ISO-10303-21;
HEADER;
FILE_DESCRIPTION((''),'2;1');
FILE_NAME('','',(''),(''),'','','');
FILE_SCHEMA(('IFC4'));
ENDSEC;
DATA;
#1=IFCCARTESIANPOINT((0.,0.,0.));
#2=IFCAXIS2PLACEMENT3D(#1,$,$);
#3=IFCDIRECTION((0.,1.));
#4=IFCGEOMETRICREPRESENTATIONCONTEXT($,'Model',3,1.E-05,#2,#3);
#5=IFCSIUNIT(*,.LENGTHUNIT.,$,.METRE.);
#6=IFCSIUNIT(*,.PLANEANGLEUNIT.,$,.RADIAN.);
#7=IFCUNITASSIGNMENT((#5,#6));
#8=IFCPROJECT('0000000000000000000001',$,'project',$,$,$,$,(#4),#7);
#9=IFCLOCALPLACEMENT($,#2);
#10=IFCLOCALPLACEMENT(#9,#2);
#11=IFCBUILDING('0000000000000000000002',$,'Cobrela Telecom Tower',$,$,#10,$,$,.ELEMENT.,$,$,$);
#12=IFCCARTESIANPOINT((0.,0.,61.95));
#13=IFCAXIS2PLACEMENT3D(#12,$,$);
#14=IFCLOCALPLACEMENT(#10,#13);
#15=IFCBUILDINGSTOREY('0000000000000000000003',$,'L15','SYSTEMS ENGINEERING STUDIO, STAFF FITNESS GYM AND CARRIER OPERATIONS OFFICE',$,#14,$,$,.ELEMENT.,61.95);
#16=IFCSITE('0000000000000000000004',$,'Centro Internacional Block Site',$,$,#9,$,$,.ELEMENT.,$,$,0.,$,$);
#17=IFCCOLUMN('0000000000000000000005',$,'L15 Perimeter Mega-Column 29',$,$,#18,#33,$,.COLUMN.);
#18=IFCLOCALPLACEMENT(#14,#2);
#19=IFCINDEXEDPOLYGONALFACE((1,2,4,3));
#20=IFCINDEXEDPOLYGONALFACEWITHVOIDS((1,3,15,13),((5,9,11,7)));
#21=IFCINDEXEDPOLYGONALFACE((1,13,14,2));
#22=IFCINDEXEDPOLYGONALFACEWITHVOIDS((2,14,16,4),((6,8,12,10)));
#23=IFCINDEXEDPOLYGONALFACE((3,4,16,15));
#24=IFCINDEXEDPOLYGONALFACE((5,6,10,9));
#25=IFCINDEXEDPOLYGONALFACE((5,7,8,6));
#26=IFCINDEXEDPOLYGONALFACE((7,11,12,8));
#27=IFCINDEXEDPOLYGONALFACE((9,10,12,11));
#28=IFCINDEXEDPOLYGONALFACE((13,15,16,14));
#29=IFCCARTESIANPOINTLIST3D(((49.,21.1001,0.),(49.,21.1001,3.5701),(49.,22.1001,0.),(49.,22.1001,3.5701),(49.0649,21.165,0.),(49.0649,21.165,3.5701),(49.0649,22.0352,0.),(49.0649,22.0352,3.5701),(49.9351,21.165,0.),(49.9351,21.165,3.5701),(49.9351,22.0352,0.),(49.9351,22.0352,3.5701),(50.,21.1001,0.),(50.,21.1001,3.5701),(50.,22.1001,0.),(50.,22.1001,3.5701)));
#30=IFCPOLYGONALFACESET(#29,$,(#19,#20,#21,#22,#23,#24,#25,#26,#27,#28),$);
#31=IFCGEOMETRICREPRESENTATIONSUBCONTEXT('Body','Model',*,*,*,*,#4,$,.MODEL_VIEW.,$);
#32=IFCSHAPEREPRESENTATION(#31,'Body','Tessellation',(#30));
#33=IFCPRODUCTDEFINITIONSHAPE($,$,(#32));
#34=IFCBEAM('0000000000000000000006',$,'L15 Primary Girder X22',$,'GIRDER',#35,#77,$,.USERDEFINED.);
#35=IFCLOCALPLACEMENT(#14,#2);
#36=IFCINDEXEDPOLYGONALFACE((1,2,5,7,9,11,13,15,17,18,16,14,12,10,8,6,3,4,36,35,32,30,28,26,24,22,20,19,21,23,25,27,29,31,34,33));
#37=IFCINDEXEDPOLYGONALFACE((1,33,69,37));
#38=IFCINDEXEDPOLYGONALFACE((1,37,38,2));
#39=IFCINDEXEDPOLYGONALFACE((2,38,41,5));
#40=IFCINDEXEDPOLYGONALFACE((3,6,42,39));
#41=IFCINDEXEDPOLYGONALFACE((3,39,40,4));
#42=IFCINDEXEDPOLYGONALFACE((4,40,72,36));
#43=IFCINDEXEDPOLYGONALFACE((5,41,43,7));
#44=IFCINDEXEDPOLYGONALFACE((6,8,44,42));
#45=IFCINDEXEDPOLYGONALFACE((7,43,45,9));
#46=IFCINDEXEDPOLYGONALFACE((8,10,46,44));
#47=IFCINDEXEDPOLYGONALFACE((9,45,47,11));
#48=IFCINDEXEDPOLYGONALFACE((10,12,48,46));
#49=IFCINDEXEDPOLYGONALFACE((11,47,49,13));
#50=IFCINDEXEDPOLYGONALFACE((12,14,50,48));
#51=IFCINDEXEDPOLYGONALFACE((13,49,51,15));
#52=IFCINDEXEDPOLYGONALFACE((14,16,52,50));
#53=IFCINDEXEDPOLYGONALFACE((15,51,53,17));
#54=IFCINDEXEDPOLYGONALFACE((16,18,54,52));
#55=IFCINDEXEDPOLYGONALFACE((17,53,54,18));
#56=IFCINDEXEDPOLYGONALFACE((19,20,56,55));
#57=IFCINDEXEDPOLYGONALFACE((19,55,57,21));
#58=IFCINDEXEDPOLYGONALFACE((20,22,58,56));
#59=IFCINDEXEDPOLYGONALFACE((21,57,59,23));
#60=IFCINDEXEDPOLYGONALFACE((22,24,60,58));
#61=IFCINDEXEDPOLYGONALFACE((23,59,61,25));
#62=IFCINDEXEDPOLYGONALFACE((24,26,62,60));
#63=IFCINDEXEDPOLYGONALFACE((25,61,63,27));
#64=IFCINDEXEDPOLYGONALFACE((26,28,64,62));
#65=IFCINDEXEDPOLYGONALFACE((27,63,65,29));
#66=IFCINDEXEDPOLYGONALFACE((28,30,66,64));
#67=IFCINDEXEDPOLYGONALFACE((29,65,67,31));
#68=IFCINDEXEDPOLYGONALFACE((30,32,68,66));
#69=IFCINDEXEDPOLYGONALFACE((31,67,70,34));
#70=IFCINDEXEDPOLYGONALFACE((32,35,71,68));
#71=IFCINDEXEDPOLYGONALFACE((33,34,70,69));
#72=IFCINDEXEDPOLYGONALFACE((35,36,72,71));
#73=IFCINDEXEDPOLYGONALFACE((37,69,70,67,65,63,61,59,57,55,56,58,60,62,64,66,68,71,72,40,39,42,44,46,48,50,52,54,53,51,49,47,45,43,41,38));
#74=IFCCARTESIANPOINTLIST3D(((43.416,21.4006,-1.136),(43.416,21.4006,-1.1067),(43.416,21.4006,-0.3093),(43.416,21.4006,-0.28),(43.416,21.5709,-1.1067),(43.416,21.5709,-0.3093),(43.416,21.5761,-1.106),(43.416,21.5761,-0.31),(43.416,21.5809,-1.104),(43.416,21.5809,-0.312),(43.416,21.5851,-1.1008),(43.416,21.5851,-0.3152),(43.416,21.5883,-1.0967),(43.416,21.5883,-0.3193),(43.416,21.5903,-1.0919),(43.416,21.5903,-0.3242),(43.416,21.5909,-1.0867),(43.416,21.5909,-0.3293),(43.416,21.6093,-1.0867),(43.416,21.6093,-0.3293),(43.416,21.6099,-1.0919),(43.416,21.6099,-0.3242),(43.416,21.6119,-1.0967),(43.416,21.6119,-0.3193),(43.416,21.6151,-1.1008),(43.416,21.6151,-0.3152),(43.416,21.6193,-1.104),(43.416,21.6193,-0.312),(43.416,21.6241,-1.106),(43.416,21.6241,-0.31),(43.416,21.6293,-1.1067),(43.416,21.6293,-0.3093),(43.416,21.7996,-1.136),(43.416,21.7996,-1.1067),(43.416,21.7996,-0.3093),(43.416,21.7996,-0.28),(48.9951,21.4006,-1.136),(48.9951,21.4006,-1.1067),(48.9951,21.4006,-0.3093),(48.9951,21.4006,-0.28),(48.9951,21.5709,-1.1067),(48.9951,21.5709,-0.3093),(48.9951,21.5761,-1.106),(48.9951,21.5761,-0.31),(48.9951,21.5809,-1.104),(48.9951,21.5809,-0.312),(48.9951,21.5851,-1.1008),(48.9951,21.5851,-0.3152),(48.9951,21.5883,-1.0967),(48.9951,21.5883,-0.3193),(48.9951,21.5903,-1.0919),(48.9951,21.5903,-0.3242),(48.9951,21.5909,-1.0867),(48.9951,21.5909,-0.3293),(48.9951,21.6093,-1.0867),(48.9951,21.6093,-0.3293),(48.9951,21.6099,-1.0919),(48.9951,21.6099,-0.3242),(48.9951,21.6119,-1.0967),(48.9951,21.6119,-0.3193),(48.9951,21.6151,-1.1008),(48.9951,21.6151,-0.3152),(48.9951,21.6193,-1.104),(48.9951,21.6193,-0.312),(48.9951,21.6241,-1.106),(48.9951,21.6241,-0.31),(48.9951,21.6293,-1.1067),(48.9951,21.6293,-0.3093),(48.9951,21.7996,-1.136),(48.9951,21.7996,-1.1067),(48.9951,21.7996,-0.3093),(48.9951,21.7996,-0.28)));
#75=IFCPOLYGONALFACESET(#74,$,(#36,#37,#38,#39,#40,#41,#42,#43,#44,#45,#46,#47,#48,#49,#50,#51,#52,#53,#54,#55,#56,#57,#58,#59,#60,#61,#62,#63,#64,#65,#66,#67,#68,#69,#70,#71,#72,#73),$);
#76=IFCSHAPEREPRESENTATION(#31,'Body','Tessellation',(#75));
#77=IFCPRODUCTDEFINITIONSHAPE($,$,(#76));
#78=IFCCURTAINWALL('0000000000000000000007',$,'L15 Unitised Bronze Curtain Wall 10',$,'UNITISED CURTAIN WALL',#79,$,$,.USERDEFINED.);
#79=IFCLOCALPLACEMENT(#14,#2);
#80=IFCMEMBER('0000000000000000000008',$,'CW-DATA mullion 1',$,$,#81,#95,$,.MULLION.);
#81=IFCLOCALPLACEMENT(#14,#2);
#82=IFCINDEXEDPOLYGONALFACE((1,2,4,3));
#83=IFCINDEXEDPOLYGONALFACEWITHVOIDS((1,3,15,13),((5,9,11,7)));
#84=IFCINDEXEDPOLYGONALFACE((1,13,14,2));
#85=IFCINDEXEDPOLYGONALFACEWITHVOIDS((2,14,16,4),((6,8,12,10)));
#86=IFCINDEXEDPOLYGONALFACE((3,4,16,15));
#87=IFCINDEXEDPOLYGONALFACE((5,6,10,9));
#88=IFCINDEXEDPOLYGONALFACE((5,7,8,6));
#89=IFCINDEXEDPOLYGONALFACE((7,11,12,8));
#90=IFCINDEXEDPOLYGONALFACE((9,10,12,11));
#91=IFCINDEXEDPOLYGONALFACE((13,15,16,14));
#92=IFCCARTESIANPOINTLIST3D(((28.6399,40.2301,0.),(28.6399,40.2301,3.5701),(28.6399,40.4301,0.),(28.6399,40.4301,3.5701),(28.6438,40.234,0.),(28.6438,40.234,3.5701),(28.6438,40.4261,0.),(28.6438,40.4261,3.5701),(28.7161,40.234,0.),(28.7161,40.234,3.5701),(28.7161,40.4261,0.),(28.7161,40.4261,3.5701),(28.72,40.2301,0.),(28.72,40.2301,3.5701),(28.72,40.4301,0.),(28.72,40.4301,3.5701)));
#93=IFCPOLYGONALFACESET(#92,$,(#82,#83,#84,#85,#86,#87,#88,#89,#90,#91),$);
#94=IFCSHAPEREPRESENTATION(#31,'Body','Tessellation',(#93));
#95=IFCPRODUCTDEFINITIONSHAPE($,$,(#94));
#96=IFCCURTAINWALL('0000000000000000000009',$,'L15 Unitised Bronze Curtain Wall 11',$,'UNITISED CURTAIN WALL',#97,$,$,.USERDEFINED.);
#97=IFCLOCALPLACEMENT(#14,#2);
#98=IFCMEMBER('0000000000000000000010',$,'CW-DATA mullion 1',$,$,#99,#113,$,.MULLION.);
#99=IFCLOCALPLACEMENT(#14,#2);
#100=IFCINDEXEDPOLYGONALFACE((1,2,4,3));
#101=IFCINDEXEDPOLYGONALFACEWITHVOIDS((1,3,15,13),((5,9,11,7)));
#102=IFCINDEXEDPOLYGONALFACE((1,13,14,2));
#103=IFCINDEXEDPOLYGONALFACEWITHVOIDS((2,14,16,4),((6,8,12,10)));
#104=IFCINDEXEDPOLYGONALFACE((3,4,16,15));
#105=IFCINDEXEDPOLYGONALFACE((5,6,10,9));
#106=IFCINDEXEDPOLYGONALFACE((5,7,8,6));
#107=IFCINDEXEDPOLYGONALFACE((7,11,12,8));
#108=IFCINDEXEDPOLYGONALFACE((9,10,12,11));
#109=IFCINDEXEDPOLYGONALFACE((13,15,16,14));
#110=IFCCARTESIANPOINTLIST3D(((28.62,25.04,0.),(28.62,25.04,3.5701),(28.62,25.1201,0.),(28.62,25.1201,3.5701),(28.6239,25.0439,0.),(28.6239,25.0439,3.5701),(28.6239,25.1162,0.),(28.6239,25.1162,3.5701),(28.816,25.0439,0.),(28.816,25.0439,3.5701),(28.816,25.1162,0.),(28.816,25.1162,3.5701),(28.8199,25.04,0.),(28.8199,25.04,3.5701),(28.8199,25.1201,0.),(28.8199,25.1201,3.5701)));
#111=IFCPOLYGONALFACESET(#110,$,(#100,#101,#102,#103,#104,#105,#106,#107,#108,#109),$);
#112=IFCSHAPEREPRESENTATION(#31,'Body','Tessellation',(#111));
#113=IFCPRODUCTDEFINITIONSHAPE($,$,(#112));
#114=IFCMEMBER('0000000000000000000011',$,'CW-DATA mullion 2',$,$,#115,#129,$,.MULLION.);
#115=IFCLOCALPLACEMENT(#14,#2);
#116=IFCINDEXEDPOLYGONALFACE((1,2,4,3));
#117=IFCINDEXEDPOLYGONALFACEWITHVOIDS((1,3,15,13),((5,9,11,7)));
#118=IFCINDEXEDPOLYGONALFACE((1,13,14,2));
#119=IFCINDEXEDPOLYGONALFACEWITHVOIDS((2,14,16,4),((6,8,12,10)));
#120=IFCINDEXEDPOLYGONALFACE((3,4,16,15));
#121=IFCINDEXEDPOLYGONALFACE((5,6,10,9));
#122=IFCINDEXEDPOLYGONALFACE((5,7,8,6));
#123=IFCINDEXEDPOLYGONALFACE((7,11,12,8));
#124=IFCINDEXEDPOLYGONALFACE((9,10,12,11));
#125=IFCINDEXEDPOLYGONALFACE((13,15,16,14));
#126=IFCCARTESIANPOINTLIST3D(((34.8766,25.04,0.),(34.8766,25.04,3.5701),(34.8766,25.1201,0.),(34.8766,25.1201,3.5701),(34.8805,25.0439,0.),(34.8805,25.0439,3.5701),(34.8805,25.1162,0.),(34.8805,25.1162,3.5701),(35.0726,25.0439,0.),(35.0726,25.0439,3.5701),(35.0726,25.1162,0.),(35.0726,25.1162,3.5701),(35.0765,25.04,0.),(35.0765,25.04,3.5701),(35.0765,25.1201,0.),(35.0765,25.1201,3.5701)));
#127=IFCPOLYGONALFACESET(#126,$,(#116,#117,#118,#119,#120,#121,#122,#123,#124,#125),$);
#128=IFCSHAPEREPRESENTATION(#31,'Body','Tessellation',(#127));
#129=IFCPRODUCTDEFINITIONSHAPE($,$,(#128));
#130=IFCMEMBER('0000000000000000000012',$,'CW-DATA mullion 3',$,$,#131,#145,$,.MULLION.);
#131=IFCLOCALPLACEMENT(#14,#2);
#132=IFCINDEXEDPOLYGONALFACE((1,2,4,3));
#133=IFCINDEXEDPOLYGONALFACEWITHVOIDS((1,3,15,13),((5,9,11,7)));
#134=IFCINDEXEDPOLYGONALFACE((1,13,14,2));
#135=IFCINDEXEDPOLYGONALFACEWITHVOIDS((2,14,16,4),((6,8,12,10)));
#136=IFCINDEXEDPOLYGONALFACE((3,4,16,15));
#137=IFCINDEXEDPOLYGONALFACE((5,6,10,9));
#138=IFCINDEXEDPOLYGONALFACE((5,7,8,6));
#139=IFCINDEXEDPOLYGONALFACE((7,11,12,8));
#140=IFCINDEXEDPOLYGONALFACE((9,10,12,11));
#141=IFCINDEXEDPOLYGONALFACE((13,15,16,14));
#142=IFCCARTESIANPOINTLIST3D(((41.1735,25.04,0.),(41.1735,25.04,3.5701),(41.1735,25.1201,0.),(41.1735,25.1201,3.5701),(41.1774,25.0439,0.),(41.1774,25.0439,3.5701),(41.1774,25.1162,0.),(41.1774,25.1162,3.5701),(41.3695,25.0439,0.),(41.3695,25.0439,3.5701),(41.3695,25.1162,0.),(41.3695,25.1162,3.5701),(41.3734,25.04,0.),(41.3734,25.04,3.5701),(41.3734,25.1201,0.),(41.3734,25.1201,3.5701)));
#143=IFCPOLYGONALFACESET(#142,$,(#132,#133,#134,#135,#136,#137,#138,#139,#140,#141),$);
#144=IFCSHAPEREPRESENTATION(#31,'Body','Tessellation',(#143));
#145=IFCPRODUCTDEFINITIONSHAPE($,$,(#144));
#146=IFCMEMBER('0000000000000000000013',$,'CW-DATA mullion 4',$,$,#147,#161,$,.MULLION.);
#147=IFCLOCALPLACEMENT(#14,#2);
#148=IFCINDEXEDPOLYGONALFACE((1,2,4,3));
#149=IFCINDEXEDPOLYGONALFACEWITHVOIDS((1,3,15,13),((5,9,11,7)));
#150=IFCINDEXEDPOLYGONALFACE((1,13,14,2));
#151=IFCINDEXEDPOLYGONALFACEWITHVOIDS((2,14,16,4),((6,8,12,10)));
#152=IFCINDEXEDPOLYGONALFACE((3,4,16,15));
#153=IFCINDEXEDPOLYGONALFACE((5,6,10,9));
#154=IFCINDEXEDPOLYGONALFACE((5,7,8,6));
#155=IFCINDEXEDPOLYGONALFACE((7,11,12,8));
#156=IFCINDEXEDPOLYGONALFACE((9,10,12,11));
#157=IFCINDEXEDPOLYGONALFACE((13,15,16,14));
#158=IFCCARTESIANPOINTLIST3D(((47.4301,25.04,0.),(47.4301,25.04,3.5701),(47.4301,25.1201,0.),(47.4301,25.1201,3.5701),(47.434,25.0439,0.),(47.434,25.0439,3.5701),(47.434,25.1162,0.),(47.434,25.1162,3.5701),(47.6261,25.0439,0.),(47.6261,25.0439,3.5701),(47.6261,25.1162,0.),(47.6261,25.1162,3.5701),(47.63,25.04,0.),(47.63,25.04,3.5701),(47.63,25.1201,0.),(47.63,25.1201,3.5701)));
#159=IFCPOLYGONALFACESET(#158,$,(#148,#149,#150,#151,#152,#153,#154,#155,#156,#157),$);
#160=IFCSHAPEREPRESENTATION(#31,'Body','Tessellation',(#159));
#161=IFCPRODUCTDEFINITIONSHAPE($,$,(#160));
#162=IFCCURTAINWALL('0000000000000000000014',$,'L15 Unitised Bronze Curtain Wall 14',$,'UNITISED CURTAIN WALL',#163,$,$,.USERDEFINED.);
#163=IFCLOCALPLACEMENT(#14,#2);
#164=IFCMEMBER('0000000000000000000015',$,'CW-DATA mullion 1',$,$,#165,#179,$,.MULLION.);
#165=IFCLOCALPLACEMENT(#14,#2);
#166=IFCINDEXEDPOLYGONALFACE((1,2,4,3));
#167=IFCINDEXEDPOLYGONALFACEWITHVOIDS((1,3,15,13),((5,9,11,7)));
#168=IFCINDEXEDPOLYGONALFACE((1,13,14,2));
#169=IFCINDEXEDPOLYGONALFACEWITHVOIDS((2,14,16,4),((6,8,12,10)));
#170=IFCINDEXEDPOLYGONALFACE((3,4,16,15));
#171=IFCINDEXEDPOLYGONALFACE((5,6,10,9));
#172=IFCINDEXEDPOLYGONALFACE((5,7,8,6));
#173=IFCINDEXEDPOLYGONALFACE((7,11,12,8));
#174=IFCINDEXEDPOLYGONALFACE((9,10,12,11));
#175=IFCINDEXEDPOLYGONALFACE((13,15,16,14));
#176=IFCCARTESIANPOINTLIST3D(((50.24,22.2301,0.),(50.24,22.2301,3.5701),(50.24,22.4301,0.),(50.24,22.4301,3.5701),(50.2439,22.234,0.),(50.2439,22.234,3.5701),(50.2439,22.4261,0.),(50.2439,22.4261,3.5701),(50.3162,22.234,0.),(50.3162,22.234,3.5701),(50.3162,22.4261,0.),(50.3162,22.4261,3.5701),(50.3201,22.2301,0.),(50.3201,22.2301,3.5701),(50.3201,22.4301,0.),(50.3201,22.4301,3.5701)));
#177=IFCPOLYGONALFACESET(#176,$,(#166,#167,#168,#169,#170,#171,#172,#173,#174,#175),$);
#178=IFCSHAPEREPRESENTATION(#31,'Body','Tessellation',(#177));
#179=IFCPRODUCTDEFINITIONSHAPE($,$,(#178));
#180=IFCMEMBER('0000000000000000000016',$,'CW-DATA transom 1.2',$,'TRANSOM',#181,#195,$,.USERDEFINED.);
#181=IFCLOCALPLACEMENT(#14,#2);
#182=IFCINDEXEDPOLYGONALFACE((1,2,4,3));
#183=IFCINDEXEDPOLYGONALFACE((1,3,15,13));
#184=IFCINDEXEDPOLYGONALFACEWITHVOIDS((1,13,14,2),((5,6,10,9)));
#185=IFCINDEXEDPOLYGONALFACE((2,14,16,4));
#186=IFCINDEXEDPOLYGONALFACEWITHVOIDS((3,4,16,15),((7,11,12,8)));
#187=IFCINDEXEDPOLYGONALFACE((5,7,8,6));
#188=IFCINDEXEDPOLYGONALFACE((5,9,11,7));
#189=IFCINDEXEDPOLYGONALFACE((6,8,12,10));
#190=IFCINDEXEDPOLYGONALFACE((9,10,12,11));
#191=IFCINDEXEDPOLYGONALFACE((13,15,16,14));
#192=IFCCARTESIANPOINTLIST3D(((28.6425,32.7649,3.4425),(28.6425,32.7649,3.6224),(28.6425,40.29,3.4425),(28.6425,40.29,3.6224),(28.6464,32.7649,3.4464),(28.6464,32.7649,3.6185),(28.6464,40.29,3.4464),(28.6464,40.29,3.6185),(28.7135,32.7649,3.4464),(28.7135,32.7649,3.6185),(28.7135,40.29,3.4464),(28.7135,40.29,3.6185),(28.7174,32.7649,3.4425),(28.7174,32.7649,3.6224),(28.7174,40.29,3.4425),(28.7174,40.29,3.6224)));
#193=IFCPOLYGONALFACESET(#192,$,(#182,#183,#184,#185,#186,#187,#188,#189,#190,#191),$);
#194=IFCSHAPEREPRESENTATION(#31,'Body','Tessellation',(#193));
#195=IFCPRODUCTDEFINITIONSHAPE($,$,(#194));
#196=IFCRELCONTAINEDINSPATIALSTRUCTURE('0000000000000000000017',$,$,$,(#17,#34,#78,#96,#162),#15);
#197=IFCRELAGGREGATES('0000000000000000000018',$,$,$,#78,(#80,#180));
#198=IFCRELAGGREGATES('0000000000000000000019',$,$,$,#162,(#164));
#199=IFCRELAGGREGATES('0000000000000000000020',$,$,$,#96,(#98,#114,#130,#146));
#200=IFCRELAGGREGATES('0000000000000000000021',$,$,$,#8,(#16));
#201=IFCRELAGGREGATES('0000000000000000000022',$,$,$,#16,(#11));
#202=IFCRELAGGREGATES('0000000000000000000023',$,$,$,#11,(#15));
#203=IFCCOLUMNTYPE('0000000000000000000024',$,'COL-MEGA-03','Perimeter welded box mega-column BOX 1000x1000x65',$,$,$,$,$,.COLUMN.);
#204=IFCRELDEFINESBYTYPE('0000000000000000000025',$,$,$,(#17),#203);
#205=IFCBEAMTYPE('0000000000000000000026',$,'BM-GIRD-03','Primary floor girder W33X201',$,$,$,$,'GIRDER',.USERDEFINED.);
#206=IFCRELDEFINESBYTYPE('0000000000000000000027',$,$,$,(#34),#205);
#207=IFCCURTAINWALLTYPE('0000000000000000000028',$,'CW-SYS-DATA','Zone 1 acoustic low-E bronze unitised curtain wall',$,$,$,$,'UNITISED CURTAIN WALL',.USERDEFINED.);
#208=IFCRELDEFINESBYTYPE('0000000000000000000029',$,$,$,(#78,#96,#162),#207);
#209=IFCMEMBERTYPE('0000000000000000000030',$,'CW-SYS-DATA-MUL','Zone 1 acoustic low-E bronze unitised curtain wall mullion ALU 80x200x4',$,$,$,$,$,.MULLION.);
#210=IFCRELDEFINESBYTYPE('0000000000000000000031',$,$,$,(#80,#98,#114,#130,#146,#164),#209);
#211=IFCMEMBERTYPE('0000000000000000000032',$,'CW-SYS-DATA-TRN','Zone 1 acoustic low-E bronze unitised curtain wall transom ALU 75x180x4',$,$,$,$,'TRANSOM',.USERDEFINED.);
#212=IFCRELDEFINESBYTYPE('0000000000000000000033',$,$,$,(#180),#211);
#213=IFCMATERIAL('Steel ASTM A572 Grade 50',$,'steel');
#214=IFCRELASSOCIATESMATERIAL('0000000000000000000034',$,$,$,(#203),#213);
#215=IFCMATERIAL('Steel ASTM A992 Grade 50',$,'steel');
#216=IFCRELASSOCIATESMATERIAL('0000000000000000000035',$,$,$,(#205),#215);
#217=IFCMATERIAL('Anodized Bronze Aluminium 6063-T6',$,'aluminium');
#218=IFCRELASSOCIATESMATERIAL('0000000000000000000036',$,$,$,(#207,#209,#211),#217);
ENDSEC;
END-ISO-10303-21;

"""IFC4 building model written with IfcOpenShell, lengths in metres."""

from ifc_helpers import new_model, si_unit, direction, frame, origin, origin_2d, place, context, subcontext, project, spatial, hollow_rectangle, i_section, extrude, material, material_profile, profile_set, type_object, element, aggregate, save


model = new_model("IFC4")

# Units and contexts
model_context = context("Model", 3, precision=1e-05, world=origin(), true_north=direction((0.0, 1.0)))
body_context = subcontext(model_context, "Body", "Model", "MODEL_VIEW")
ifc_project = project(units=[si_unit("LENGTHUNIT", "METRE"), si_unit("PLANEANGLEUNIT", "RADIAN")], contexts=[model_context])

# Site, building, storey
site_placement = place(None, origin())
site = spatial("IfcSite", under=ifc_project, at=site_placement, Name="Centro Internacional Block Site", CompositionType="ELEMENT", RefElevation=0.0)
building_placement = place(site_placement, origin())
building = spatial("IfcBuilding", under=site, at=building_placement, Name="Cobrela Telecom Tower", CompositionType="ELEMENT")
storey_placement = place(building_placement, frame((0.0, 0.0, 61.95)))
storey = spatial("IfcBuildingStorey", under=building, at=storey_placement, Name="L15", Description="SYSTEMS ENGINEERING STUDIO, STAFF FITNESS GYM AND CARRIER OPERATIONS OFFICE", CompositionType="ELEMENT", Elevation=61.95)

# Column
ifc_material_1 = material(Name="Steel ASTM A572 Grade 50", Category="steel")
ifc_material_profile_1 = material_profile(ifc_material_1, hollow_rectangle(XDim=1.0, YDim=1.0, WallThickness=0.0649, at=origin_2d()), Name="BOX 1000x1000x65")
ifc_profile_set_1 = profile_set([ifc_material_profile_1], Name="Steel ASTM A572 Grade 50")
column_type = type_object("IfcColumnType", Name="COL-MEGA-03", Description="Perimeter welded box mega-column BOX 1000x1000x65", PredefinedType="COLUMN", material=ifc_profile_set_1)
column_placement = place(storey_placement, frame((49.5, 21.6001, 0.0), z_axis=(0.0, 0.0, 1.0), x_axis=(1.0, 0.0, 0.0)))
element("IfcColumn", 1, at=column_placement, inside=storey, type_object=column_type, Name="L15 Perimeter Mega-Column 29", PredefinedType="COLUMN", context=body_context, shape_type="SweptSolid", body=[
    extrude(hollow_rectangle(XDim=1.0, YDim=1.0, WallThickness=0.0649, at=origin_2d()), origin(), (0.0, 0.0, 1.0), 3.5701),
])

# Beam
ifc_material_2 = material(Name="Steel ASTM A992 Grade 50", Category="steel")
ifc_material_profile_2 = material_profile(ifc_material_2, i_section(OverallWidth=0.3989, OverallDepth=0.856, WebThickness=0.0183, FlangeThickness=0.0293, FilletRadius=0.02, at=origin_2d()), Name="W33X201")
ifc_profile_set_2 = profile_set([ifc_material_profile_2], Name="Steel ASTM A992 Grade 50")
beam_type = type_object("IfcBeamType", Name="BM-GIRD-03", Description="Primary floor girder W33X201", ElementType="GIRDER", PredefinedType="USERDEFINED", material=ifc_profile_set_2)
beam_placement = place(storey_placement, frame((43.416, 21.6001, -0.708), z_axis=(1.0, 0.0, 0.0), x_axis=(0.0, 1.0, 0.0)))
element("IfcBeam", 2, at=beam_placement, inside=storey, type_object=beam_type, Name="L15 Primary Girder X22", ObjectType="GIRDER", PredefinedType="USERDEFINED", context=body_context, shape_type="SweptSolid", body=[
    extrude(i_section(OverallWidth=0.3989, OverallDepth=0.856, WebThickness=0.0183, FlangeThickness=0.0293, FilletRadius=0.02, at=origin_2d()), origin(), (0.0, 0.0, 1.0), 5.5791),
])

# Curtain wall, member
ifc_material_3 = material(Name="Anodized Bronze Aluminium 6063-T6", Category="aluminium")
curtain_wall_type = type_object("IfcCurtainWallType", Name="CW-SYS-DATA", Description="Zone 1 acoustic low-E bronze unitised curtain wall", ElementType="UNITISED CURTAIN WALL", PredefinedType="USERDEFINED", material=ifc_material_3)
curtain_wall_1_placement = place(storey_placement, origin())
curtain_wall_1 = element("IfcCurtainWall", 3, at=curtain_wall_1_placement, inside=storey, type_object=curtain_wall_type, Name="L15 Unitised Bronze Curtain Wall 10", ObjectType="UNITISED CURTAIN WALL", PredefinedType="USERDEFINED")
ifc_material_profile_3 = material_profile(ifc_material_3, hollow_rectangle(XDim=0.0801, YDim=0.2, WallThickness=0.0039, at=origin_2d()), Name="ALU 80x200x4")
ifc_profile_set_3 = profile_set([ifc_material_profile_3], Name="Anodized Bronze Aluminium 6063-T6")
member_type_1 = type_object("IfcMemberType", Name="CW-SYS-DATA-MUL", Description="Zone 1 acoustic low-E bronze unitised curtain wall mullion ALU 80x200x4", PredefinedType="MULLION", material=ifc_profile_set_3)
member_1_placement = place(storey_placement, frame((28.6799, 40.3301, 0.0), z_axis=(0.0, 0.0, 1.0), x_axis=(1.0, 0.0, 0.0)))
member_1 = element("IfcMember", 4, at=member_1_placement, type_object=member_type_1, Name="CW-DATA mullion 1", PredefinedType="MULLION", context=body_context, shape_type="SweptSolid", body=[
    extrude(hollow_rectangle(XDim=0.0801, YDim=0.2, WallThickness=0.0039, at=origin_2d()), origin(), (0.0, 0.0, 1.0), 3.5701),
])

# Curtain wall, members
curtain_wall_2_placement = place(storey_placement, origin())
curtain_wall_2 = element("IfcCurtainWall", 5, at=curtain_wall_2_placement, inside=storey, type_object=curtain_wall_type, Name="L15 Unitised Bronze Curtain Wall 11", ObjectType="UNITISED CURTAIN WALL", PredefinedType="USERDEFINED")
member_2_placement = place(storey_placement, frame((28.72, 25.0801, 0.0), z_axis=(0.0, 0.0, 1.0), x_axis=(0.0, 1.0, 0.0)))
member_2 = element("IfcMember", 6, at=member_2_placement, type_object=member_type_1, Name="CW-DATA mullion 1", PredefinedType="MULLION", context=body_context, shape_type="SweptSolid", body=[
    extrude(hollow_rectangle(XDim=0.0801, YDim=0.2, WallThickness=0.0039, at=origin_2d()), origin(), (0.0, 0.0, 1.0), 3.5701),
])
member_3_placement = place(storey_placement, frame((34.9766, 25.0801, 0.0), z_axis=(0.0, 0.0, 1.0), x_axis=(0.0, 1.0, 0.0)))
member_3 = element("IfcMember", 7, at=member_3_placement, type_object=member_type_1, Name="CW-DATA mullion 2", PredefinedType="MULLION", context=body_context, shape_type="SweptSolid", body=[
    extrude(hollow_rectangle(XDim=0.0801, YDim=0.2, WallThickness=0.0039, at=origin_2d()), origin(), (0.0, 0.0, 1.0), 3.5701),
])
member_4_placement = place(storey_placement, frame((41.2734, 25.0801, 0.0), z_axis=(0.0, 0.0, 1.0), x_axis=(0.0, 1.0, 0.0)))
member_4 = element("IfcMember", 8, at=member_4_placement, type_object=member_type_1, Name="CW-DATA mullion 3", PredefinedType="MULLION", context=body_context, shape_type="SweptSolid", body=[
    extrude(hollow_rectangle(XDim=0.0801, YDim=0.2, WallThickness=0.0039, at=origin_2d()), origin(), (0.0, 0.0, 1.0), 3.5701),
])
member_5_placement = place(storey_placement, frame((47.53, 25.0801, 0.0), z_axis=(0.0, 0.0, 1.0), x_axis=(0.0, 1.0, 0.0)))
member_5 = element("IfcMember", 9, at=member_5_placement, type_object=member_type_1, Name="CW-DATA mullion 4", PredefinedType="MULLION", context=body_context, shape_type="SweptSolid", body=[
    extrude(hollow_rectangle(XDim=0.0801, YDim=0.2, WallThickness=0.0039, at=origin_2d()), origin(), (0.0, 0.0, 1.0), 3.5701),
])

# Curtain wall, member
curtain_wall_3_placement = place(storey_placement, origin())
curtain_wall_3 = element("IfcCurtainWall", 10, at=curtain_wall_3_placement, inside=storey, type_object=curtain_wall_type, Name="L15 Unitised Bronze Curtain Wall 14", ObjectType="UNITISED CURTAIN WALL", PredefinedType="USERDEFINED")
member_6_placement = place(storey_placement, frame((50.28, 22.3301, 0.0), z_axis=(0.0, 0.0, 1.0), x_axis=(1.0, 0.0, 0.0)))
member_6 = element("IfcMember", 11, at=member_6_placement, type_object=member_type_1, Name="CW-DATA mullion 1", PredefinedType="MULLION", context=body_context, shape_type="SweptSolid", body=[
    extrude(hollow_rectangle(XDim=0.0801, YDim=0.2, WallThickness=0.0039, at=origin_2d()), origin(), (0.0, 0.0, 1.0), 3.5701),
])

# Member
ifc_material_profile_4 = material_profile(ifc_material_3, hollow_rectangle(XDim=0.075, YDim=0.1799, WallThickness=0.0039, at=origin_2d()), Name="ALU 75x180x4")
ifc_profile_set_4 = profile_set([ifc_material_profile_4], Name="Anodized Bronze Aluminium 6063-T6")
member_type_2 = type_object("IfcMemberType", Name="CW-SYS-DATA-TRN", Description="Zone 1 acoustic low-E bronze unitised curtain wall transom ALU 75x180x4", ElementType="TRANSOM", PredefinedType="USERDEFINED", material=ifc_profile_set_4)
member_7_placement = place(storey_placement, frame((28.6799, 40.29, 3.5325), z_axis=(0.0, -1.0, 0.0), x_axis=(1.0, 0.0, 0.0)))
member_7 = element("IfcMember", 12, at=member_7_placement, type_object=member_type_2, Name="CW-DATA transom 1.2", ObjectType="TRANSOM", PredefinedType="USERDEFINED", context=body_context, shape_type="SweptSolid", body=[
    extrude(hollow_rectangle(XDim=0.075, YDim=0.1799, WallThickness=0.0039, at=origin_2d()), origin(), (0.0, 0.0, 1.0), 7.5251),
])
aggregate(curtain_wall_1, [member_1, member_7])
aggregate(curtain_wall_3, [member_6])

aggregate(curtain_wall_2, [member_2, member_3, member_4, member_5])

save(model, "model.ifc")
